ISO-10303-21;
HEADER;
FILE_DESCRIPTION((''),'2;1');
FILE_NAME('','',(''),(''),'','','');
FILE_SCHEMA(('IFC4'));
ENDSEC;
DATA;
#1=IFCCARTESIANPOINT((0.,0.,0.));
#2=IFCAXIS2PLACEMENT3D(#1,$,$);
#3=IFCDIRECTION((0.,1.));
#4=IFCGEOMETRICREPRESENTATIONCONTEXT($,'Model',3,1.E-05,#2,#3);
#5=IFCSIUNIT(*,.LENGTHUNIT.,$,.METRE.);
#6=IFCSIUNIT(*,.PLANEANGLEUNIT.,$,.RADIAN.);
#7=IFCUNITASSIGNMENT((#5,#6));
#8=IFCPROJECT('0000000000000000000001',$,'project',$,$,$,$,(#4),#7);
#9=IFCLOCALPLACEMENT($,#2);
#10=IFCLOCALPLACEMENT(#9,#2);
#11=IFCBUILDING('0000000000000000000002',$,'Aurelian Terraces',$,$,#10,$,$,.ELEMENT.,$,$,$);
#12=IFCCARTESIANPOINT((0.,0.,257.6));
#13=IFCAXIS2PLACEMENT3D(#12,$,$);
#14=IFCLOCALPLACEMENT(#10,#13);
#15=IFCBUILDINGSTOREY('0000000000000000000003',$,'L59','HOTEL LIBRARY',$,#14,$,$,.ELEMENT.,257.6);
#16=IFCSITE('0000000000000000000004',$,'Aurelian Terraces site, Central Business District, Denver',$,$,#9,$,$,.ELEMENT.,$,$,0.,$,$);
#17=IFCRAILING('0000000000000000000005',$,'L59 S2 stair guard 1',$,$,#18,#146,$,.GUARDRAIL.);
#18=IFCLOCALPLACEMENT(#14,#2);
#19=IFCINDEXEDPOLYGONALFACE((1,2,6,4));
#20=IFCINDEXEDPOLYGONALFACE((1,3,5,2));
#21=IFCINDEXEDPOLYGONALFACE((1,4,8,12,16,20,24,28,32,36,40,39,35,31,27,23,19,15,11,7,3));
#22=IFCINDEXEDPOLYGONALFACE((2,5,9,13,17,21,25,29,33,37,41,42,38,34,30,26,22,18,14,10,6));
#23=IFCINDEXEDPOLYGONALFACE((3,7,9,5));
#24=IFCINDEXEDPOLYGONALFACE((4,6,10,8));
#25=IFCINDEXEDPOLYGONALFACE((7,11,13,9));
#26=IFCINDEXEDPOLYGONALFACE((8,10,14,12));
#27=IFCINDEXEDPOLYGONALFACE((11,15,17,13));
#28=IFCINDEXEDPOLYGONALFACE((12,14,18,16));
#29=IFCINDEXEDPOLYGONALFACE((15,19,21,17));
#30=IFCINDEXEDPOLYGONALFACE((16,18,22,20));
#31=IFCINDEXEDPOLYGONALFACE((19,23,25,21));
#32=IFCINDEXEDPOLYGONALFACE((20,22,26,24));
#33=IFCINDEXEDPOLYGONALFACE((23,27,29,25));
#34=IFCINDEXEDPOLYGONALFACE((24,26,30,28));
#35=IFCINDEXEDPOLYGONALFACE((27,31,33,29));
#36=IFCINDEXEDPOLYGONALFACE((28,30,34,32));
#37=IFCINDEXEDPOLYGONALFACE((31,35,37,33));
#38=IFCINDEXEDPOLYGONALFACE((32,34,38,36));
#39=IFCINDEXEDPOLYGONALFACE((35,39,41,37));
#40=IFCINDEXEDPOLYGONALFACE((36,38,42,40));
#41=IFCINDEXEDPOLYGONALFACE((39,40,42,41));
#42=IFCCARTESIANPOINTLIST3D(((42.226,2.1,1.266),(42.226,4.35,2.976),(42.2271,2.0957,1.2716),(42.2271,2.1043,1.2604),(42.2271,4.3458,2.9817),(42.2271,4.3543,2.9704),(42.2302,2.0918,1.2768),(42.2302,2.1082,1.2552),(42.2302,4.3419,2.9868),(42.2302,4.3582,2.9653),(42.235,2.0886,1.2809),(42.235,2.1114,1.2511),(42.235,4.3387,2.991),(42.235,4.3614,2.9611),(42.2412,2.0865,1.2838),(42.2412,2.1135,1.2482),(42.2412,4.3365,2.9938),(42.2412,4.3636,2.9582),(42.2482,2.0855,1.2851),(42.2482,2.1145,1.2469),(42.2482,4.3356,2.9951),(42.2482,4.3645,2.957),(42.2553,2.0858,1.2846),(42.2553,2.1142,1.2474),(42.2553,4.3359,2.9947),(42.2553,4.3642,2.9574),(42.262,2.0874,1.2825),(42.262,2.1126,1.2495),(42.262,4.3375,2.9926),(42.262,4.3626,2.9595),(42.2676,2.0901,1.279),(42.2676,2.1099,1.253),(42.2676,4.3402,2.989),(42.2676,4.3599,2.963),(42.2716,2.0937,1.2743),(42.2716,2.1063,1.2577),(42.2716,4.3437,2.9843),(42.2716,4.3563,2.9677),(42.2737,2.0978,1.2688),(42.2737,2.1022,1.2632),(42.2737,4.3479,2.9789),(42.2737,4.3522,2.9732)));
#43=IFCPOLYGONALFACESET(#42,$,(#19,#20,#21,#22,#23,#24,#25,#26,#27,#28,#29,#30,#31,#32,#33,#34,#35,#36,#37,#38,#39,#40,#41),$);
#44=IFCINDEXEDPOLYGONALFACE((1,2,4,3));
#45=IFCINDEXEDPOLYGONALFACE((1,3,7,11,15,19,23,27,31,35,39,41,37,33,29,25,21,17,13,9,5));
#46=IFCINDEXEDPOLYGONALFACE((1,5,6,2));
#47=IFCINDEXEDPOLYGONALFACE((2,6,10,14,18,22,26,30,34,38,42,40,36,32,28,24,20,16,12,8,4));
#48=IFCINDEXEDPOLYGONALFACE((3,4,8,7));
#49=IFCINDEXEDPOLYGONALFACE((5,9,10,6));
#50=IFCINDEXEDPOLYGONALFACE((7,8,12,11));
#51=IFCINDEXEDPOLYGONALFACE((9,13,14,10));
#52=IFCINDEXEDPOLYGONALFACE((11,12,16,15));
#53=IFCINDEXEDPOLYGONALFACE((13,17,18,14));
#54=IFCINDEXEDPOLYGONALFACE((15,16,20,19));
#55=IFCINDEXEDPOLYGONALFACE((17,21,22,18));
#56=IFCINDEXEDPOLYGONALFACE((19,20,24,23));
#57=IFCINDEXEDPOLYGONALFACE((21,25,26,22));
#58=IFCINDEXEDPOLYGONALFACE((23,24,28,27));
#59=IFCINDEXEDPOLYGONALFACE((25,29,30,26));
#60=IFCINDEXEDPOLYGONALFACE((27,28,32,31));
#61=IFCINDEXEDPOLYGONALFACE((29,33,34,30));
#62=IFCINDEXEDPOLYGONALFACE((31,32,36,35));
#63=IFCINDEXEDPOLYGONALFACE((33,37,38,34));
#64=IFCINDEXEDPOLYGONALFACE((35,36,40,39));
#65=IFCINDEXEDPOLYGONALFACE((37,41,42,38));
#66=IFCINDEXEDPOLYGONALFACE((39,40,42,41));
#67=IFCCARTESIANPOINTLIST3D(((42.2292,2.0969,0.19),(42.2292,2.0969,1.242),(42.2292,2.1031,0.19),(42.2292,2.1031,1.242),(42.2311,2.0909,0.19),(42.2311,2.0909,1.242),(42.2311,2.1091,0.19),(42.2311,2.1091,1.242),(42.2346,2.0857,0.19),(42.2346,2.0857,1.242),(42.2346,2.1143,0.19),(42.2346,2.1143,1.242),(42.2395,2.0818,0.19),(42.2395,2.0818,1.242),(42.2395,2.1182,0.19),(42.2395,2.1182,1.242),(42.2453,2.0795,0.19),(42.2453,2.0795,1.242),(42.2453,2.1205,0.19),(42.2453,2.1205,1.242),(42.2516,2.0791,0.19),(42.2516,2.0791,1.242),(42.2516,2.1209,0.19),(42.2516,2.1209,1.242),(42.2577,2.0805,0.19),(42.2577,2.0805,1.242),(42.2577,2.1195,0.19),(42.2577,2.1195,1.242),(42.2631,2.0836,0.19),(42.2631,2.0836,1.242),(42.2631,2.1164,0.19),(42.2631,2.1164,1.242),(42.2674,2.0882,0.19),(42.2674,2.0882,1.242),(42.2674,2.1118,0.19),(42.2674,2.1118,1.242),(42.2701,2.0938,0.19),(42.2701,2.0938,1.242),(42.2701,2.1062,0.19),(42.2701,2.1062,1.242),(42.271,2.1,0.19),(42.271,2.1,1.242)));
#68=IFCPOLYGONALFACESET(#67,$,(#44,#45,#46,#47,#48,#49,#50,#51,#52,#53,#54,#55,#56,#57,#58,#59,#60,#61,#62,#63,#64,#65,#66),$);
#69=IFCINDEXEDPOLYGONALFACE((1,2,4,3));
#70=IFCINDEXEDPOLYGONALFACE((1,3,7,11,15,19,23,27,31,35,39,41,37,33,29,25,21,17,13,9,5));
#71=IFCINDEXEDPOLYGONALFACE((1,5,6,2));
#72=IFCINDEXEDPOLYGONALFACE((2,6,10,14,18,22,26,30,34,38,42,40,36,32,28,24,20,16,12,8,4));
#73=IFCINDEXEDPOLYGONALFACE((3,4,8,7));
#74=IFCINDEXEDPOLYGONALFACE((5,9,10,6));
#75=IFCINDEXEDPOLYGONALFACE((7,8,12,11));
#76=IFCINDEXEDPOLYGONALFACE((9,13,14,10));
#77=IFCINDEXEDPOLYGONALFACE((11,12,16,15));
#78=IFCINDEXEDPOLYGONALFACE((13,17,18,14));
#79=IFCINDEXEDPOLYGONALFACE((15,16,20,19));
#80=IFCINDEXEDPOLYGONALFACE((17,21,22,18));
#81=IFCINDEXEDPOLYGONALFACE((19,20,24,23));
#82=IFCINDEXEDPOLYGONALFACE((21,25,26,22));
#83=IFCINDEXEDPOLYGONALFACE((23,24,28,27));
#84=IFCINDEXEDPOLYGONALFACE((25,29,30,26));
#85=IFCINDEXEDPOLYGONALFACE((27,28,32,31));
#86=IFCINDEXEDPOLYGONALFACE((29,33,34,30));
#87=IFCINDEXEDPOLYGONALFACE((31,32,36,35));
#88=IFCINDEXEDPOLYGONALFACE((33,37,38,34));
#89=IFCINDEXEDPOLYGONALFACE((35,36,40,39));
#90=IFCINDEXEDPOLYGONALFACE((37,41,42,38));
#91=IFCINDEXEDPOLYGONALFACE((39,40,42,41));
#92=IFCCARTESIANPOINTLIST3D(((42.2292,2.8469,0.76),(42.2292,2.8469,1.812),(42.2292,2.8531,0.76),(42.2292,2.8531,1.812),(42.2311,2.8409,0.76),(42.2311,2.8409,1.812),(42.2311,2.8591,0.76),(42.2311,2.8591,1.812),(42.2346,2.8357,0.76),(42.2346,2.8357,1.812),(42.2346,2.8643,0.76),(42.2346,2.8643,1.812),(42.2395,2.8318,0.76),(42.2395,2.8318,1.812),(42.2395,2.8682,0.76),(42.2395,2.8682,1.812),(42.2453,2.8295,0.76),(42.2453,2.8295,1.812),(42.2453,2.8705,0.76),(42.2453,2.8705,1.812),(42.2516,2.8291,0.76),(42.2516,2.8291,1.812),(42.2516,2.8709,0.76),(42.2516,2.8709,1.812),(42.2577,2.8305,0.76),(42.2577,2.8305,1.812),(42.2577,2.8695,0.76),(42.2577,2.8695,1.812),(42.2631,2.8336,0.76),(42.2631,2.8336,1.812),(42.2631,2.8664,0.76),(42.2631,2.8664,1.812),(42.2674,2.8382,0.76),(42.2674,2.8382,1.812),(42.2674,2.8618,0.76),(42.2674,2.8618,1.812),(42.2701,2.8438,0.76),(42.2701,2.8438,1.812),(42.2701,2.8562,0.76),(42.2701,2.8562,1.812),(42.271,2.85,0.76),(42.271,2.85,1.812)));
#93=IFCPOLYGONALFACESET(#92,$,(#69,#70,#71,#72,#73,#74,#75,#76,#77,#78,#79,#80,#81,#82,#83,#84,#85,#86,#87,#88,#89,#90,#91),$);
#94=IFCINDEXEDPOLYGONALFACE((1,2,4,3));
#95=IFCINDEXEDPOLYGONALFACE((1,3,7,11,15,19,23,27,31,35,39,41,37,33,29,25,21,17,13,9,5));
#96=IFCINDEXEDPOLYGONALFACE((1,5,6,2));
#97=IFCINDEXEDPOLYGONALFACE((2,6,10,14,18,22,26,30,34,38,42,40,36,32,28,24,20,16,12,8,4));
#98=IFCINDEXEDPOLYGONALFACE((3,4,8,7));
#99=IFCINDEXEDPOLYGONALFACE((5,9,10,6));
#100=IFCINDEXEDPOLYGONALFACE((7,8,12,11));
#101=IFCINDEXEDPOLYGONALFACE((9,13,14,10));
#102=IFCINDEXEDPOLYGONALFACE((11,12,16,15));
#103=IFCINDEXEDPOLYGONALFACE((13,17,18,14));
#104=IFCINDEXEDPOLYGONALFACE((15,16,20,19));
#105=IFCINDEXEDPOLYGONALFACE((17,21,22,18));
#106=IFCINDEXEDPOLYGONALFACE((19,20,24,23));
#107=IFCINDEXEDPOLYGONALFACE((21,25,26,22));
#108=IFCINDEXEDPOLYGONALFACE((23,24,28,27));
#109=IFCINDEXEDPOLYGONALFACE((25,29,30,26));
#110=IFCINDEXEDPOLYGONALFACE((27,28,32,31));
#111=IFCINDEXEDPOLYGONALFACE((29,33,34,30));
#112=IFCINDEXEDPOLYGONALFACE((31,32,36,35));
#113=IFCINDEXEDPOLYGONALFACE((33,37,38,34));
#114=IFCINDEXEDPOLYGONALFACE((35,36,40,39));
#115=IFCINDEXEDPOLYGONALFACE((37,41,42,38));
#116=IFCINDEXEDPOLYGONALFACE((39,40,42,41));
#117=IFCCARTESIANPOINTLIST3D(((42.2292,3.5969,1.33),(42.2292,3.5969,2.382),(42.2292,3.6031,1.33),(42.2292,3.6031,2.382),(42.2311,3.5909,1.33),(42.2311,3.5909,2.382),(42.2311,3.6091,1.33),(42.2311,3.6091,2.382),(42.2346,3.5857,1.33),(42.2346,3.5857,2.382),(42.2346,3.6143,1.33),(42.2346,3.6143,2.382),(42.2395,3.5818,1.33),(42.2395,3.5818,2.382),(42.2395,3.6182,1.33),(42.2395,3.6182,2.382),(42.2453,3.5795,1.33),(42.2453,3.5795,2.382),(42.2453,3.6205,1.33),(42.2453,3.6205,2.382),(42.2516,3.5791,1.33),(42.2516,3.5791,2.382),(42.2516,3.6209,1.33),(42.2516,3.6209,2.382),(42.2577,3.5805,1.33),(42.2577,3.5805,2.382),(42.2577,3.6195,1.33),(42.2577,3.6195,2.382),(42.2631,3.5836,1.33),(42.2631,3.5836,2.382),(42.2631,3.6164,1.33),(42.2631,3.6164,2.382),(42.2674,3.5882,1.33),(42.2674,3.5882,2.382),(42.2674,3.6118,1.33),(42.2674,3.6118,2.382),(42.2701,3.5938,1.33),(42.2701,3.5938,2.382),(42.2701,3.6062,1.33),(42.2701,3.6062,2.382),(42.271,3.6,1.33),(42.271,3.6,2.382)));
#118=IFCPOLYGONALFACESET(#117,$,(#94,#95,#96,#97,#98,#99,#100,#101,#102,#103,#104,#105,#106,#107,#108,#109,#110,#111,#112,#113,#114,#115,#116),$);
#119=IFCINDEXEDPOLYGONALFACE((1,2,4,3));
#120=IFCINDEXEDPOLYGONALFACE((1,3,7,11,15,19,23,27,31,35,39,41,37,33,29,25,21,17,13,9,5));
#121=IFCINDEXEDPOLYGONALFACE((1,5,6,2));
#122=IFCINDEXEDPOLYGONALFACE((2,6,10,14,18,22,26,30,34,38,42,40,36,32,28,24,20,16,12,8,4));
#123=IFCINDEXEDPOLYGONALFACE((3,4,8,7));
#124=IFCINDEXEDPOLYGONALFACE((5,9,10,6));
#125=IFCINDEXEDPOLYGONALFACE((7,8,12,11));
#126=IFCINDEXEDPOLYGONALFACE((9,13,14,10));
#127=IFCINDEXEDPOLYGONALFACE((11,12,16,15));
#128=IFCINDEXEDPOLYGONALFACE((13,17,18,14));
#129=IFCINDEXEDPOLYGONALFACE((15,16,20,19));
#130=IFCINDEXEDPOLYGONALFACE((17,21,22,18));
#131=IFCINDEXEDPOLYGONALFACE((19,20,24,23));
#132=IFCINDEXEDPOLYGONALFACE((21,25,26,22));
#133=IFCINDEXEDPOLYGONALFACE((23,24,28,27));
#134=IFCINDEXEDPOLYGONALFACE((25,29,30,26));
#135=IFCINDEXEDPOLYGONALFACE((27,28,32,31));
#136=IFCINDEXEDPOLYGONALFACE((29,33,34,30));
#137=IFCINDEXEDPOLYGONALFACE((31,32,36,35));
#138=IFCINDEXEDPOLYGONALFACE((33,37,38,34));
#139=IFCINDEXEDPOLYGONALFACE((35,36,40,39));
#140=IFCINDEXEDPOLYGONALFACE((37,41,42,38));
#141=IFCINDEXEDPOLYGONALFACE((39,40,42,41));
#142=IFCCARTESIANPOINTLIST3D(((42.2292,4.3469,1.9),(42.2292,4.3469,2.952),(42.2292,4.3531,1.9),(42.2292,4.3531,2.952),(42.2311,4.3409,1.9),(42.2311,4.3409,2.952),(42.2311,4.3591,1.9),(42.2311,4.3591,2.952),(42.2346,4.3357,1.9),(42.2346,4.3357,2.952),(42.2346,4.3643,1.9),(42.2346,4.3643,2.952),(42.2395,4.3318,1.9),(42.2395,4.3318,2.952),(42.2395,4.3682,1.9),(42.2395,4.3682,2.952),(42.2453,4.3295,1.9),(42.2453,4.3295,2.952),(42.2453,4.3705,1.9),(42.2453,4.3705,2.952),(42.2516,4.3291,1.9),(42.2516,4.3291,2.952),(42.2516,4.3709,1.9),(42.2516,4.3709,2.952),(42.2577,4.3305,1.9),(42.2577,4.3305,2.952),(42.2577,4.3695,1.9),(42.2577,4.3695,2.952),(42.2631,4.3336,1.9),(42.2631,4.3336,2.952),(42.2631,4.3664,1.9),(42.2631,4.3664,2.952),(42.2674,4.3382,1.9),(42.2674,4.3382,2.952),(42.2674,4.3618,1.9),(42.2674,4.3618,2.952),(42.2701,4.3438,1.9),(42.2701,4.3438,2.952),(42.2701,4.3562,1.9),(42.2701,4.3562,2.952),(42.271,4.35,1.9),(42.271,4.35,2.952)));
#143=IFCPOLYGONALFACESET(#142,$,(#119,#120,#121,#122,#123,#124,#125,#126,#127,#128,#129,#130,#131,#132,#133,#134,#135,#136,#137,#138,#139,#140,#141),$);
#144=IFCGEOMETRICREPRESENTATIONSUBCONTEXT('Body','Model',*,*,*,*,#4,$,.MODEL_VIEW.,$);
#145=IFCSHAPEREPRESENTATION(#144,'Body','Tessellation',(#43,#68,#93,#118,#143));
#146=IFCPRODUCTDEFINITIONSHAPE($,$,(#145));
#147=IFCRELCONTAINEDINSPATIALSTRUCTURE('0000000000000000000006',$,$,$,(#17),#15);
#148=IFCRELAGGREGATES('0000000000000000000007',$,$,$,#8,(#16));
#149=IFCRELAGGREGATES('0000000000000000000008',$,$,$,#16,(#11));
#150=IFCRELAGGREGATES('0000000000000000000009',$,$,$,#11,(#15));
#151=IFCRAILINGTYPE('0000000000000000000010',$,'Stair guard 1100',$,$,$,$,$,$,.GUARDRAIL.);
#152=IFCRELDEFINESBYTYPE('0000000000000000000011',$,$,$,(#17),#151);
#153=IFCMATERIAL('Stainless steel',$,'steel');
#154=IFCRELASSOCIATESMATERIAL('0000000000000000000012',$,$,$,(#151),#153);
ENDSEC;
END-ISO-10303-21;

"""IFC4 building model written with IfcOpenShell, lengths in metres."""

from ifc_helpers import new_model, si_unit, direction, frame, origin, origin_2d, place, context, subcontext, project, spatial, circle, extrude, source, transform, mapped, material, type_object, element, save


model = new_model("IFC4")

# Units and contexts
model_context = context("Model", 3, precision=1e-05, world=origin(), true_north=direction((0.0, 1.0)))
body_context = subcontext(model_context, "Body", "Model", "MODEL_VIEW")
ifc_project = project(units=[si_unit("LENGTHUNIT", "METRE"), si_unit("PLANEANGLEUNIT", "RADIAN")], contexts=[model_context])

# Site, building, storey
site_placement = place(None, origin())
site = spatial("IfcSite", under=ifc_project, at=site_placement, Name="Aurelian Terraces site, Central Business District, Denver", CompositionType="ELEMENT", RefElevation=0.0)
building_placement = place(site_placement, origin())
building = spatial("IfcBuilding", under=site, at=building_placement, Name="Aurelian Terraces", CompositionType="ELEMENT")
storey_placement = place(building_placement, frame((0.0, 0.0, 257.6)))
storey = spatial("IfcBuildingStorey", under=building, at=storey_placement, Name="L59", Description="HOTEL LIBRARY", CompositionType="ELEMENT", Elevation=257.6)

# Railing
ifc_material_1 = material(Name="Stainless steel", Category="steel")
railing_type_1 = type_object("IfcRailingType", Name="Stair guard 1100", PredefinedType="GUARDRAIL", material=ifc_material_1)
shared_shape_1 = source(origin(), body_context, "Body", "SweptSolid", [
    extrude(circle(Radius=0.024, at=origin_2d()), frame((0.0, 0.0, 1.076), z_axis=(0.0, 0.796162, 0.605083), x_axis=(-1.0, 0.0, 0.0)), (0.0, 0.0, 1.0), 2.8261),
    extrude(circle(Radius=0.021, at=origin_2d()), origin(), (0.0, 0.0, 1.0), 1.052),
    extrude(circle(Radius=0.021, at=origin_2d()), frame((0.0, 0.75, 0.57)), (0.0, 0.0, 1.0), 1.052),
    extrude(circle(Radius=0.021, at=origin_2d()), frame((0.0, 1.5, 1.14)), (0.0, 0.0, 1.0), 1.052),
    extrude(circle(Radius=0.021, at=origin_2d()), frame((0.0, 2.25, 1.71)), (0.0, 0.0, 1.0), 1.052),
])
railing_1_placement = place(storey_placement, frame((42.25, 2.1, 0.19)))
element("IfcRailing", 1, at=railing_1_placement, inside=storey, type_object=railing_type_1, Name="L59 S2 stair guard 1", PredefinedType="GUARDRAIL", context=body_context, shape_type="MappedRepresentation", body=[
    mapped(shared_shape_1, transform((0.0, 0.0, 0.0), scale=1.0)),
])

save(model, "model.ifc")
